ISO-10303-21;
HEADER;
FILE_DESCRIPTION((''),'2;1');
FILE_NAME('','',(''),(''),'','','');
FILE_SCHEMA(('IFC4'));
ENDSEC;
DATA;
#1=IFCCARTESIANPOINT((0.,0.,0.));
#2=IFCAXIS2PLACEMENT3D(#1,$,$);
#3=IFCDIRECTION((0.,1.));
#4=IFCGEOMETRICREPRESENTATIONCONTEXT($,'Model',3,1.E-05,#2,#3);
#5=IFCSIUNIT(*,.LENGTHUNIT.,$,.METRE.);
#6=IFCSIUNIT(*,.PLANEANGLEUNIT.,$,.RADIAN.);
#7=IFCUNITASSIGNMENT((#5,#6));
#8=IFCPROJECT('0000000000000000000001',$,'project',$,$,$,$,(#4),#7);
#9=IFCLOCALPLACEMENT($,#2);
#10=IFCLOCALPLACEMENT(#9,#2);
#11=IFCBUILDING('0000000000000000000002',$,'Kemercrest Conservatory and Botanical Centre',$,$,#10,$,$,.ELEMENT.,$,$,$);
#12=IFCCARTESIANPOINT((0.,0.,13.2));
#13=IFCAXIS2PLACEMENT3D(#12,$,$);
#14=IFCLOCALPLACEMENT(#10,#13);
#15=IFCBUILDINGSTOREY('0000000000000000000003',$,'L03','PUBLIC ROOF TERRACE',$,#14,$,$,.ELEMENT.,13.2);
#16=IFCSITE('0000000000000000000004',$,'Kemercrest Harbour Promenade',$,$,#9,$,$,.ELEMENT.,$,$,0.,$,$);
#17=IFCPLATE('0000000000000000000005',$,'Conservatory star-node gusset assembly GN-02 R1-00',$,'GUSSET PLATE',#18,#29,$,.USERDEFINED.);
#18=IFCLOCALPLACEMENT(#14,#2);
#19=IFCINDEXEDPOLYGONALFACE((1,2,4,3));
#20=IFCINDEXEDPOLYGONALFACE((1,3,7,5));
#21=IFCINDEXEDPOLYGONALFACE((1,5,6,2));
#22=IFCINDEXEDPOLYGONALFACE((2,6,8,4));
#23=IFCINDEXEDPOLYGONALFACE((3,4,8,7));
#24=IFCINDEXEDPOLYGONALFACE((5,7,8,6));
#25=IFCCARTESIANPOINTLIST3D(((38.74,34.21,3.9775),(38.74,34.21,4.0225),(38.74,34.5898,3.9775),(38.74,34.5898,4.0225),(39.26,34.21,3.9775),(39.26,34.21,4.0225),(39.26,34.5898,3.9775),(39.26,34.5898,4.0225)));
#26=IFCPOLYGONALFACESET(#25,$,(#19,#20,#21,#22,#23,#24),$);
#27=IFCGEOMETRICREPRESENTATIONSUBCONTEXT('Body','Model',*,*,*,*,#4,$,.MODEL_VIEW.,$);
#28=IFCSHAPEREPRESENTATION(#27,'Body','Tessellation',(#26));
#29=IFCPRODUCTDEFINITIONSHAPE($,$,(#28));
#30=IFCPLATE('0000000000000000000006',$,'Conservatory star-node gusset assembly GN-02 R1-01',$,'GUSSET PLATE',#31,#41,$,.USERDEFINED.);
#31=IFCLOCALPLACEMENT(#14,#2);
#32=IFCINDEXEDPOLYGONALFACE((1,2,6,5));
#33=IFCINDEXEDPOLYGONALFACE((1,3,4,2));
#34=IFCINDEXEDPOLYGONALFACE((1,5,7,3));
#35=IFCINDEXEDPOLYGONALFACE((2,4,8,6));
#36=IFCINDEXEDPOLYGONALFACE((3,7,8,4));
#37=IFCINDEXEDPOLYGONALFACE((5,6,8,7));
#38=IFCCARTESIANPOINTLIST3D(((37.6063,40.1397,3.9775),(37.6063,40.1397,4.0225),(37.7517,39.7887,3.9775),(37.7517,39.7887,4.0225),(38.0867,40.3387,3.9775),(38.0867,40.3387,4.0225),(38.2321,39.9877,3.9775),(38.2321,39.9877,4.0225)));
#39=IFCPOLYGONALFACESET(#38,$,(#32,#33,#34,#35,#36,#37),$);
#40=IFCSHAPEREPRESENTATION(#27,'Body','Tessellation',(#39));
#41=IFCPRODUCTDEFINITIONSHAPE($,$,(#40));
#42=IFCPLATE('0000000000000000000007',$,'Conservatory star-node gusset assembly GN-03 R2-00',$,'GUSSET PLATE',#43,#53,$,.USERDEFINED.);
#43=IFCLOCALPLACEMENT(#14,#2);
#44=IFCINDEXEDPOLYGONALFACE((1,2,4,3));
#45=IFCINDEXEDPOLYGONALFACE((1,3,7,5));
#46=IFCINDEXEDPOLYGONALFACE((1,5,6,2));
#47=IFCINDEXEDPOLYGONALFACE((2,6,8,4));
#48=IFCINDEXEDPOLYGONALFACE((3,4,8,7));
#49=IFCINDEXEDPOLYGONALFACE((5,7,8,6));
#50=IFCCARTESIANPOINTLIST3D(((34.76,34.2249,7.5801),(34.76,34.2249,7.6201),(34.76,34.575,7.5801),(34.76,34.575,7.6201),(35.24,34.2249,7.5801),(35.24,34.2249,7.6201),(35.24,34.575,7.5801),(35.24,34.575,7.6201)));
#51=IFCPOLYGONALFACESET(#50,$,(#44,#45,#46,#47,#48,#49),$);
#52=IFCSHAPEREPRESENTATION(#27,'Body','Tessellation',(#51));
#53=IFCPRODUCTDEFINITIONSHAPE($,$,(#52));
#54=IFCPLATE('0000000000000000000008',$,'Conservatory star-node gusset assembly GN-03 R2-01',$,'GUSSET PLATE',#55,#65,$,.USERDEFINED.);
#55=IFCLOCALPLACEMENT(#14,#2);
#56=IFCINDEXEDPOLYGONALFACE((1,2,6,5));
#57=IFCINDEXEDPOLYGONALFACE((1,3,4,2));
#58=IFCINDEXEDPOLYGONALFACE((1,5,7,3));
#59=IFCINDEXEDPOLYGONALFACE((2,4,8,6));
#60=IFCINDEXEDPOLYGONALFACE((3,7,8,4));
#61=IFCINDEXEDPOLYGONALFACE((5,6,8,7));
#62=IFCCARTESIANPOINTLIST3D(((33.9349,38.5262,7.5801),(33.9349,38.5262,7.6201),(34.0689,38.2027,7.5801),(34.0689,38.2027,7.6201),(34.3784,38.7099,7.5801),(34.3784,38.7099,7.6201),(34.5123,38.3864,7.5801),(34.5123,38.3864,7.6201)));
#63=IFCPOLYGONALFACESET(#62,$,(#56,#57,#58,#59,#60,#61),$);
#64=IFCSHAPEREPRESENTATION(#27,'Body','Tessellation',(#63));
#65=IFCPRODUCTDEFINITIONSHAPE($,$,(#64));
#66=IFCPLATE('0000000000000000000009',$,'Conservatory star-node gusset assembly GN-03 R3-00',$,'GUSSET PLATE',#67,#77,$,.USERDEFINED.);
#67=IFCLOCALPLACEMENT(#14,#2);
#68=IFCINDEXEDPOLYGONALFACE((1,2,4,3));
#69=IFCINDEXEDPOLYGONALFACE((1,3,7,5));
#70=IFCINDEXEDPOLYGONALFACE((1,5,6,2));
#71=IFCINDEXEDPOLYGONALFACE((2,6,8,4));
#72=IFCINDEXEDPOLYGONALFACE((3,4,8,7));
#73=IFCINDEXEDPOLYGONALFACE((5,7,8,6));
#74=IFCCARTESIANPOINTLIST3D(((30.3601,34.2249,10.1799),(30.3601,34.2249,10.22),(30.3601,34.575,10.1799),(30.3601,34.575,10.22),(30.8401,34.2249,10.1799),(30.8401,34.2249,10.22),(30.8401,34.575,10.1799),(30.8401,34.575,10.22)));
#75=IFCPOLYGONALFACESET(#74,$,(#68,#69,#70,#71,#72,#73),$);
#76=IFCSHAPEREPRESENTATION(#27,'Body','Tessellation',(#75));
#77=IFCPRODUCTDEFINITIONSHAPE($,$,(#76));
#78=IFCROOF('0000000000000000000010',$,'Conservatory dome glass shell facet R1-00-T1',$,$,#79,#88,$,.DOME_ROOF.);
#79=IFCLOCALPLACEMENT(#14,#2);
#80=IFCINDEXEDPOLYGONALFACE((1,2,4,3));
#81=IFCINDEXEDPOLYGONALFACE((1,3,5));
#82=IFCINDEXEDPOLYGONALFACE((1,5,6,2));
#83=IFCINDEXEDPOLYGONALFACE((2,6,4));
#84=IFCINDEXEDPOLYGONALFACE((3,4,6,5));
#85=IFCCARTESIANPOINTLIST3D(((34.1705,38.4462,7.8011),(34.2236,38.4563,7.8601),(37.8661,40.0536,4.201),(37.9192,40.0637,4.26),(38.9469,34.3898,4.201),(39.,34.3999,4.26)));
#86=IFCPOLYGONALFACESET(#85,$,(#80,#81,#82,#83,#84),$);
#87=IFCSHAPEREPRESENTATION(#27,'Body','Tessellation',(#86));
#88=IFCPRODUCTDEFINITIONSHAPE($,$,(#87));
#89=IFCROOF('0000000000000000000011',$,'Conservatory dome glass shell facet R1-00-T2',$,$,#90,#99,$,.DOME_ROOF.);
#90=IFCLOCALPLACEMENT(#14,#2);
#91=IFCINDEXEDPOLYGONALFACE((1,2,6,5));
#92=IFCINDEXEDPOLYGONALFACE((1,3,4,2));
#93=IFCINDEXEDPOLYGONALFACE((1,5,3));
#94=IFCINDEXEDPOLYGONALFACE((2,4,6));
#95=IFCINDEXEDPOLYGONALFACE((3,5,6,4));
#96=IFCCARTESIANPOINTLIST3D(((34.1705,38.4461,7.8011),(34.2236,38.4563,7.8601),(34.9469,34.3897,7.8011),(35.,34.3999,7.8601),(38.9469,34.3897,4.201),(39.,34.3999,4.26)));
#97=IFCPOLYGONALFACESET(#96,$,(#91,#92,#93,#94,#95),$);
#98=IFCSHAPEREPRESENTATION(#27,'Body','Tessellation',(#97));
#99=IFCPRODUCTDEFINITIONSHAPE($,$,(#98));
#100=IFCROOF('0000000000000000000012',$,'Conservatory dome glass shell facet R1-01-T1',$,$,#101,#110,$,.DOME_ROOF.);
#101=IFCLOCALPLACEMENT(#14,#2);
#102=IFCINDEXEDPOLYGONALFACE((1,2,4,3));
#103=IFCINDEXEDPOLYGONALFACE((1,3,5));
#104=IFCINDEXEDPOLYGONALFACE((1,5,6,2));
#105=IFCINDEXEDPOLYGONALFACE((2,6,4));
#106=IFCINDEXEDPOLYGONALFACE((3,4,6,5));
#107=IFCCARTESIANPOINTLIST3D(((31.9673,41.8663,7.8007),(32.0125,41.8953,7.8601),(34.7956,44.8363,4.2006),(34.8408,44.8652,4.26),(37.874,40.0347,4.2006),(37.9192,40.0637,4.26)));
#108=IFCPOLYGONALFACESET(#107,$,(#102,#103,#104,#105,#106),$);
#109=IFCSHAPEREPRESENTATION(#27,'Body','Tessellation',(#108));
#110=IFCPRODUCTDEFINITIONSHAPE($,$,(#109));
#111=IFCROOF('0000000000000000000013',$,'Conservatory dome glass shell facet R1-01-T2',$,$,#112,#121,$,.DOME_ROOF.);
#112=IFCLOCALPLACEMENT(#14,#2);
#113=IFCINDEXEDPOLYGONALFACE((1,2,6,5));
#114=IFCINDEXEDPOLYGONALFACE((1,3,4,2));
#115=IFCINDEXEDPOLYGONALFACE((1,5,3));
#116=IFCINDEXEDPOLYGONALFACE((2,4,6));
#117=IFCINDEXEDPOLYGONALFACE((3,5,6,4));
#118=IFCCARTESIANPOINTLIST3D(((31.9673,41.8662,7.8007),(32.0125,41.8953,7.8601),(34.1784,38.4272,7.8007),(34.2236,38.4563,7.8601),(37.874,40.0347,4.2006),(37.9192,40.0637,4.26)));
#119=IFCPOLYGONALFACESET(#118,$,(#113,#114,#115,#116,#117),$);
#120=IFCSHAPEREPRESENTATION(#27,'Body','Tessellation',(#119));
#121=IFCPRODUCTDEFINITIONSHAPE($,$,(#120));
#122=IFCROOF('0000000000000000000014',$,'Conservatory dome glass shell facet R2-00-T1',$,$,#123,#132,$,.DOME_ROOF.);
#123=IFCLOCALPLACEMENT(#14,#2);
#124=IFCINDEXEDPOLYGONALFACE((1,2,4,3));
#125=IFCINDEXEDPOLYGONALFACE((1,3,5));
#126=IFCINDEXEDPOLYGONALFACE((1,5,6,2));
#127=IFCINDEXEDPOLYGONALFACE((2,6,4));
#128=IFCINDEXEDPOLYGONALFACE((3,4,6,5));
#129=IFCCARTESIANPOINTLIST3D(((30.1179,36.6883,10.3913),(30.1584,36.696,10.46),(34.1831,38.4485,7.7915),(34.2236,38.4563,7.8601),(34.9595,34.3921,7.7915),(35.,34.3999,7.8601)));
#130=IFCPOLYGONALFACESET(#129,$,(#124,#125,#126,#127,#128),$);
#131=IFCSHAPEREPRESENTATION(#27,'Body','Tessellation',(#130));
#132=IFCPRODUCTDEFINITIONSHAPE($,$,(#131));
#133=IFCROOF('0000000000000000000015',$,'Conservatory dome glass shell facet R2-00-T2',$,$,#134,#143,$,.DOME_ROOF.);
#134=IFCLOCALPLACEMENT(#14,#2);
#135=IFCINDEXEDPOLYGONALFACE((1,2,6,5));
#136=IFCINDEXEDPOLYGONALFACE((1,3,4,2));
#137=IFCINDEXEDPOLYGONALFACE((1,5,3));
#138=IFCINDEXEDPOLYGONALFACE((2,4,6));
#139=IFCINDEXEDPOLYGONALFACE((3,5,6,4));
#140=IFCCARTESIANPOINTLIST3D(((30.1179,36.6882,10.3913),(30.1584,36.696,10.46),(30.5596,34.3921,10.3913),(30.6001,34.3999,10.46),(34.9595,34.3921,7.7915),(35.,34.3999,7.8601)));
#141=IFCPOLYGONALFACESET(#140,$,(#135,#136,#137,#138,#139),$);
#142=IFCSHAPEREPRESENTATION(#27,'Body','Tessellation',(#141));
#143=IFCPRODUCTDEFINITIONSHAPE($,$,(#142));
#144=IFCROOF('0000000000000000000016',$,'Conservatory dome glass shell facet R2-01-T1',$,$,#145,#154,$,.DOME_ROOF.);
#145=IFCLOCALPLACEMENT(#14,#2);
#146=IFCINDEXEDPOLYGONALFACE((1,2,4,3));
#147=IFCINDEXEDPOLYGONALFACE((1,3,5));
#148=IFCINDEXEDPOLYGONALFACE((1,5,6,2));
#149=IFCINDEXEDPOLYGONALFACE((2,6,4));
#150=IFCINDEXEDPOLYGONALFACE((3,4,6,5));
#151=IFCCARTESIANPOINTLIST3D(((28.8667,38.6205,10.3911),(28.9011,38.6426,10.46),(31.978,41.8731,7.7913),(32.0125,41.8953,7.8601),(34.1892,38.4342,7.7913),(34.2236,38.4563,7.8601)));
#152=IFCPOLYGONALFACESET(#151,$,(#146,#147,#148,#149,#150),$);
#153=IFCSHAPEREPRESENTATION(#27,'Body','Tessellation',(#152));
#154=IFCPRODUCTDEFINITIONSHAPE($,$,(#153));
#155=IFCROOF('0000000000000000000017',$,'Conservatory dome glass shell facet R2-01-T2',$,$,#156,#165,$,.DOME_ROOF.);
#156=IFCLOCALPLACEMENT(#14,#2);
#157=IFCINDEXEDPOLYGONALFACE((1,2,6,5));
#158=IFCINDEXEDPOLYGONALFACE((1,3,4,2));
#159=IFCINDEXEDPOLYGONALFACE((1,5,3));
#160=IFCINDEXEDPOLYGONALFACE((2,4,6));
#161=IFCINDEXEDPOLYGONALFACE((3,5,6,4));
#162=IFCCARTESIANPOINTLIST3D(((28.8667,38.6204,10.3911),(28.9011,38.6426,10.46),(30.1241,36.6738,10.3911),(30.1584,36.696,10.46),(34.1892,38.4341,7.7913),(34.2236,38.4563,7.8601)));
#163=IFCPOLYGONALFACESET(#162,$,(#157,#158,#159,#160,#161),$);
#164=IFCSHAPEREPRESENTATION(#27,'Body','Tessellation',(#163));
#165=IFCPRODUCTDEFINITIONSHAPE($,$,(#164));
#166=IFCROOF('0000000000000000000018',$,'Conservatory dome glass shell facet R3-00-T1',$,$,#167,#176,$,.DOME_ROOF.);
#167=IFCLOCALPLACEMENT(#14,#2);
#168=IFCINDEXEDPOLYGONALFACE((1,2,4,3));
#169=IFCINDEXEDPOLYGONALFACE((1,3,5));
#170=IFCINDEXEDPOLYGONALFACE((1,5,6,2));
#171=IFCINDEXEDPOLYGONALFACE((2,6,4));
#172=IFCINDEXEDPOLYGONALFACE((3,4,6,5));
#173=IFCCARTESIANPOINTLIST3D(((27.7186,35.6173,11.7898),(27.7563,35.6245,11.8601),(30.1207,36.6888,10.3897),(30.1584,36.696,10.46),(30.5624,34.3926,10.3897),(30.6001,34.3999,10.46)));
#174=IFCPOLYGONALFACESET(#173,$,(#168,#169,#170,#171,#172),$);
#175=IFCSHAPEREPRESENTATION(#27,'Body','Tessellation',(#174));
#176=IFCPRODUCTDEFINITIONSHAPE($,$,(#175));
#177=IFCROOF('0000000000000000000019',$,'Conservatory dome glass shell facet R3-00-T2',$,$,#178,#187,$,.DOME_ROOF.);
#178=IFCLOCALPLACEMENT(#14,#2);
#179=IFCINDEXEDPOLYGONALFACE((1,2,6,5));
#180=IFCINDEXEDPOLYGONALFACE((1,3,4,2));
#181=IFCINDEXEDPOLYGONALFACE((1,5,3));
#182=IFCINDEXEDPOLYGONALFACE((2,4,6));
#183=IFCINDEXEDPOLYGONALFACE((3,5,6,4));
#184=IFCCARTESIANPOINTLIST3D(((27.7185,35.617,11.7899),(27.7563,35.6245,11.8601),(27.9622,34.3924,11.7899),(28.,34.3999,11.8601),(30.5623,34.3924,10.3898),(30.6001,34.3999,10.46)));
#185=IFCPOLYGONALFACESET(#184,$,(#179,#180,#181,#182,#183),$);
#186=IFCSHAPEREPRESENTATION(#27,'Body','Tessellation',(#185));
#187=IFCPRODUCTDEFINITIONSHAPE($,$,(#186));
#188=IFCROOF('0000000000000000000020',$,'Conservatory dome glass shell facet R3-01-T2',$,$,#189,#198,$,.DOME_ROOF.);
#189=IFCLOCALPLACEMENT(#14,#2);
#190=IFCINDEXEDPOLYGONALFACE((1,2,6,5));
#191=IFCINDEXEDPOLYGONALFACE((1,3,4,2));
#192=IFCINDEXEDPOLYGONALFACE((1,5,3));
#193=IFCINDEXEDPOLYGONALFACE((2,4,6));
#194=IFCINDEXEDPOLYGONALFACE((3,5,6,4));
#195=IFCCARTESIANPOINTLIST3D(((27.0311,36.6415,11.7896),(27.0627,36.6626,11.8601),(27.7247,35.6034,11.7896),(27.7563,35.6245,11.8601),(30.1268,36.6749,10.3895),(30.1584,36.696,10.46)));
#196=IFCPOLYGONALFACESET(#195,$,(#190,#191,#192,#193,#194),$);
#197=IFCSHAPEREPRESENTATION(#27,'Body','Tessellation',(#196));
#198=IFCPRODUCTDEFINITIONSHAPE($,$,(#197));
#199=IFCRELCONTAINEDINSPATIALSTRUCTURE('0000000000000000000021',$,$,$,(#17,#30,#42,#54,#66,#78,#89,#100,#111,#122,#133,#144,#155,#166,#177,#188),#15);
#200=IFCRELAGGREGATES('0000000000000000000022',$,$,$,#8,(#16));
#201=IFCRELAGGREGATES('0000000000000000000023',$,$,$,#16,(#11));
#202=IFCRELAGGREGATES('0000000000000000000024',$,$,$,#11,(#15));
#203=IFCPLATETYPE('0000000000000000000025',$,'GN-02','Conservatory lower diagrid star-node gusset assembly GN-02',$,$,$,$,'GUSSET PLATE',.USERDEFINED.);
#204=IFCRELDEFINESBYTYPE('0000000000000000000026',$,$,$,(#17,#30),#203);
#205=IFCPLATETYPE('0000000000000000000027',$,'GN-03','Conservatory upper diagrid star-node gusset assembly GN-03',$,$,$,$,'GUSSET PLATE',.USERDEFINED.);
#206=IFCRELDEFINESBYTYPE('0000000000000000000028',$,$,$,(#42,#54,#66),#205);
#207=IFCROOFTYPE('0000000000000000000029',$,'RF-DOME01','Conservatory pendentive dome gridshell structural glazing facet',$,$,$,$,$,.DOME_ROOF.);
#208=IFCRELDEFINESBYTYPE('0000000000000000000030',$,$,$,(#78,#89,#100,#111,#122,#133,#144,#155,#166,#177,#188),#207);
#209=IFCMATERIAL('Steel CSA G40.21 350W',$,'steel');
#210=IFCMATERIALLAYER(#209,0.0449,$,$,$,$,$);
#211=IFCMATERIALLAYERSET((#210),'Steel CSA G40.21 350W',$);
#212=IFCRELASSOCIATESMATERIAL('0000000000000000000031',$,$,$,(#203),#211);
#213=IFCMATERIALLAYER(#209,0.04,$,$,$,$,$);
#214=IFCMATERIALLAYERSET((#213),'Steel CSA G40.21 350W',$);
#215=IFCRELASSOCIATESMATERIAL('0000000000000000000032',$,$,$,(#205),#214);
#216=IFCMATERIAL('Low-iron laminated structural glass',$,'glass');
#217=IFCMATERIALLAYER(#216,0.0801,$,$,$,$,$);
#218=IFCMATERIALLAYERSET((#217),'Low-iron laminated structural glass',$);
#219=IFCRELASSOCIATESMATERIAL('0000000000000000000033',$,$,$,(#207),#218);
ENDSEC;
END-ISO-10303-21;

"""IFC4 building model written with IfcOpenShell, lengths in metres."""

from ifc_helpers import new_model, si_unit, direction, frame, origin, origin_2d, place, context, subcontext, project, spatial, polyline, rectangle, outline, extrude, material, layer, layer_set, type_object, element, save


model = new_model("IFC4")

# Units and contexts
model_context = context("Model", 3, precision=1e-05, world=origin(), true_north=direction((0.0, 1.0)))
body_context = subcontext(model_context, "Body", "Model", "MODEL_VIEW")
ifc_project = project(units=[si_unit("LENGTHUNIT", "METRE"), si_unit("PLANEANGLEUNIT", "RADIAN")], contexts=[model_context])

# Site, building, storey
site_placement = place(None, origin())
site = spatial("IfcSite", under=ifc_project, at=site_placement, Name="Kemercrest Harbour Promenade", CompositionType="ELEMENT", RefElevation=0.0)
building_placement = place(site_placement, origin())
building = spatial("IfcBuilding", under=site, at=building_placement, Name="Kemercrest Conservatory and Botanical Centre", CompositionType="ELEMENT")
storey_placement = place(building_placement, frame((0.0, 0.0, 13.2)))
storey = spatial("IfcBuildingStorey", under=building, at=storey_placement, Name="L03", Description="PUBLIC ROOF TERRACE", CompositionType="ELEMENT", Elevation=13.2)

# Shared definitions
ifc_material_1 = material(Name="Steel CSA G40.21 350W", Category="steel")

# Plates
ifc_layer_1 = layer(ifc_material_1, 0.0449)
ifc_layer_set_1 = layer_set([ifc_layer_1], Name="Steel CSA G40.21 350W")
plate_type_1 = type_object("IfcPlateType", Name="GN-02", Description="Conservatory lower diagrid star-node gusset assembly GN-02", ElementType="GUSSET PLATE", PredefinedType="USERDEFINED", material=ifc_layer_set_1)
for number, where, z_axis, x_axis, name in (
    (1, (39.0, 34.3999, 3.9775), (0.0, 0.0, 1.0), (1.0, 0.0, 0.0), "Conservatory star-node gusset assembly GN-02 R1-00"),
    (2, (37.9192, 40.0637, 3.9775), (0.0, 0.0, 1.0), (0.92388, 0.382683, 0.0), "Conservatory star-node gusset assembly GN-02 R1-01"),
):
    element("IfcPlate", number, at=place(storey_placement, frame(where, z_axis=z_axis, x_axis=x_axis)), inside=storey, type_object=plate_type_1, Name=name, ObjectType="GUSSET PLATE", PredefinedType="USERDEFINED", context=body_context, shape_type="SweptSolid", body=[
        extrude(rectangle(XDim=0.52, YDim=0.3799, at=origin_2d()), origin(), (0.0, 0.0, 1.0), 0.0449),
    ])
ifc_layer_2 = layer(ifc_material_1, 0.04)
ifc_layer_set_2 = layer_set([ifc_layer_2], Name="Steel CSA G40.21 350W")
plate_type_2 = type_object("IfcPlateType", Name="GN-03", Description="Conservatory upper diagrid star-node gusset assembly GN-03", ElementType="GUSSET PLATE", PredefinedType="USERDEFINED", material=ifc_layer_set_2)
for number, where, z_axis, x_axis, name in (
    (3, (35.0, 34.3999, 7.5801), (0.0, 0.0, 1.0), (1.0, 0.0, 0.0), "Conservatory star-node gusset assembly GN-03 R2-00"),
    (4, (34.2236, 38.4563, 7.5801), (0.0, 0.0, 1.0), (0.92388, 0.382683, 0.0), "Conservatory star-node gusset assembly GN-03 R2-01"),
    (5, (30.6001, 34.3999, 10.1799), (0.0, 0.0, 1.0), (1.0, 0.0, 0.0), "Conservatory star-node gusset assembly GN-03 R3-00"),
):
    element("IfcPlate", number, at=place(storey_placement, frame(where, z_axis=z_axis, x_axis=x_axis)), inside=storey, type_object=plate_type_2, Name=name, ObjectType="GUSSET PLATE", PredefinedType="USERDEFINED", context=body_context, shape_type="SweptSolid", body=[
        extrude(rectangle(XDim=0.48, YDim=0.3501, at=origin_2d()), origin(), (0.0, 0.0, 1.0), 0.04),
    ])

# Roofs
ifc_material_2 = material(Name="Low-iron laminated structural glass", Category="glass")
ifc_layer_3 = layer(ifc_material_2, 0.0801)
ifc_layer_set_3 = layer_set([ifc_layer_3], Name="Low-iron laminated structural glass")
roof_type = type_object("IfcRoofType", Name="RF-DOME01", Description="Conservatory pendentive dome gridshell structural glazing facet", PredefinedType="DOME_ROOF", material=ifc_layer_set_3)
roof_1_placement = place(storey_placement, frame((39.0, 34.3999, 4.26), z_axis=(0.663382, 0.126591, 0.737495), x_axis=(-0.187445, 0.982275, 0.0)))
element("IfcRoof", 6, at=roof_1_placement, inside=storey, type_object=roof_type, Name="Conservatory dome glass shell facet R1-00-T1", PredefinedType="DOME_ROOF", context=body_context, shape_type="SweptSolid", body=[
    extrude(outline(polyline([(0.0, 0.0), (5.766, 0.0), (4.8798, 5.3307), (0.0, 0.0)])), origin(), (0.0, 0.0, -1.0), 0.0801),
])
roof_2_placement = place(storey_placement, frame((39.0, 34.3999, 4.26), z_axis=(0.663558, 0.127001, 0.737266), x_axis=(-0.660911, 0.561288, 0.498149)))
element("IfcRoof", 7, at=roof_2_placement, inside=storey, type_object=roof_type, Name="Conservatory dome glass shell facet R1-00-T2", PredefinedType="DOME_ROOF", context=body_context, shape_type="SweptSolid", body=[
    extrude(outline(polyline([(0.0, 0.0), (7.2269, 0.0), (4.437, 3.0452), (0.0, 0.0)])), origin(), (0.0, 0.0, -1.0), 0.0801),
])
roof_3_placement = place(storey_placement, frame((37.9192, 40.0637, 4.26), z_axis=(0.564416, 0.361861, 0.741951), x_axis=(-0.539725, 0.841841, 0.0)))
element("IfcRoof", 8, at=roof_3_placement, inside=storey, type_object=roof_type, Name="Conservatory dome glass shell facet R1-01-T1", PredefinedType="DOME_ROOF", context=body_context, shape_type="SweptSolid", body=[
    extrude(outline(polyline([(0.0, 0.0), (5.7036, 0.0), (4.7299, 5.3696), (0.0, 0.0)])), origin(), (0.0, 0.0, -1.0), 0.0801),
])
roof_4_placement = place(storey_placement, frame((37.9192, 40.0637, 4.26), z_axis=(0.564425, 0.362913, 0.74143), x_axis=(-0.825453, 0.255954, 0.503105)))
element("IfcRoof", 9, at=roof_4_placement, inside=storey, type_object=roof_type, Name="Conservatory dome glass shell facet R1-01-T2", PredefinedType="DOME_ROOF", context=body_context, shape_type="SweptSolid", body=[
    extrude(outline(polyline([(0.0, 0.0), (7.1558, 0.0), (4.4503, 3.0654), (0.0, 0.0)])), origin(), (0.0, 0.0, -1.0), 0.0801),
])
roof_5_placement = place(storey_placement, frame((35.0, 34.3999, 7.8601), z_axis=(0.506138, 0.096871, 0.856995), x_axis=(-0.187981, 0.982173, 0.0)))
element("IfcRoof", 10, at=roof_5_placement, inside=storey, type_object=roof_type, Name="Conservatory dome glass shell facet R2-00-T1", PredefinedType="DOME_ROOF", context=body_context, shape_type="SweptSolid", body=[
    extrude(outline(polyline([(0.0, 0.0), (4.13, 0.0), (3.1653, 5.0451), (0.0, 0.0)])), origin(), (0.0, 0.0, -1.0), 0.0801),
])
roof_6_placement = place(storey_placement, frame((35.0, 34.3999, 7.8601), z_axis=(0.506298, 0.097384, 0.856842), x_axis=(-0.812907, 0.385527, 0.436521)))
element("IfcRoof", 11, at=roof_6_placement, inside=storey, type_object=roof_type, Name="Conservatory dome glass shell facet R2-00-T2", PredefinedType="DOME_ROOF", context=body_context, shape_type="SweptSolid", body=[
    extrude(outline(polyline([(0.0, 0.0), (5.9558, 0.0), (4.7116, 1.9797), (0.0, 0.0)])), origin(), (0.0, 0.0, -1.0), 0.0801),
])
roof_7_placement = place(storey_placement, frame((34.2236, 38.4563, 7.8601), z_axis=(0.429613, 0.276232, 0.859726), x_axis=(-0.54083, 0.841132, 0.0)))
element("IfcRoof", 12, at=roof_7_placement, inside=storey, type_object=roof_type, Name="Conservatory dome glass shell facet R2-01-T1", PredefinedType="DOME_ROOF", context=body_context, shape_type="SweptSolid", body=[
    extrude(outline(polyline([(0.0, 0.0), (4.0885, 0.0), (3.0353, 5.0902), (0.0, 0.0)])), origin(), (0.0, 0.0, -1.0), 0.0801),
])
roof_8_placement = place(storey_placement, frame((34.2236, 38.4563, 7.8601), z_axis=(0.429496, 0.277424, 0.859401), x_axis=(-0.898091, 0.031432, 0.438685)))
element("IfcRoof", 13, at=roof_8_placement, inside=storey, type_object=roof_type, Name="Conservatory dome glass shell facet R2-01-T2", PredefinedType="DOME_ROOF", context=body_context, shape_type="SweptSolid", body=[
    extrude(outline(polyline([(0.0, 0.0), (5.9265, 0.0), (4.7361, 1.9882), (0.0, 0.0)])), origin(), (0.0, 0.0, -1.0), 0.0801),
])
roof_9_placement = place(storey_placement, frame((30.6001, 34.3999, 10.46), z_axis=(0.471036, 0.090601, 0.877449), x_axis=(-0.188882, 0.982, 0.0)))
element("IfcRoof", 14, at=roof_9_placement, inside=storey, type_object=roof_type, Name="Conservatory dome glass shell facet R3-00-T1", PredefinedType="DOME_ROOF", context=body_context, shape_type="SweptSolid", body=[
    extrude(outline(polyline([(0.0, 0.0), (2.3382, 0.0), (1.7397, 2.919), (0.0, 0.0)])), origin(), (0.0, 0.0, -1.0), 0.0801),
])
roof_10_placement = place(storey_placement, frame((30.6001, 34.3999, 10.46), z_axis=(0.472029, 0.093916, 0.876566), x_axis=(-0.836868, 0.360382, 0.41204)))
element("IfcRoof", 15, at=roof_10_placement, inside=storey, type_object=roof_type, Name="Conservatory dome glass shell facet R3-00-T2", PredefinedType="DOME_ROOF", context=body_context, shape_type="SweptSolid", body=[
    extrude(outline(polyline([(0.0, 0.0), (3.3981, 0.0), (2.7529, 1.069), (0.0, 0.0)])), origin(), (0.0, 0.0, -1.0), 0.0801),
])
roof_11_placement = place(storey_placement, frame((30.1584, 36.696, 10.46), z_axis=(0.395108, 0.263994, 0.879885), x_axis=(-0.911096, -0.009844, 0.412077)))
element("IfcRoof", 16, at=roof_11_placement, inside=storey, type_object=roof_type, Name="Conservatory dome glass shell facet R3-01-T2", PredefinedType="DOME_ROOF", context=body_context, shape_type="SweptSolid", body=[
    extrude(outline(polyline([(0.0, 0.0), (3.3978, 0.0), (2.7761, 1.0827), (0.0, 0.0)])), origin(), (0.0, 0.0, -1.0), 0.0801),
])

save(model, "model.ifc")
